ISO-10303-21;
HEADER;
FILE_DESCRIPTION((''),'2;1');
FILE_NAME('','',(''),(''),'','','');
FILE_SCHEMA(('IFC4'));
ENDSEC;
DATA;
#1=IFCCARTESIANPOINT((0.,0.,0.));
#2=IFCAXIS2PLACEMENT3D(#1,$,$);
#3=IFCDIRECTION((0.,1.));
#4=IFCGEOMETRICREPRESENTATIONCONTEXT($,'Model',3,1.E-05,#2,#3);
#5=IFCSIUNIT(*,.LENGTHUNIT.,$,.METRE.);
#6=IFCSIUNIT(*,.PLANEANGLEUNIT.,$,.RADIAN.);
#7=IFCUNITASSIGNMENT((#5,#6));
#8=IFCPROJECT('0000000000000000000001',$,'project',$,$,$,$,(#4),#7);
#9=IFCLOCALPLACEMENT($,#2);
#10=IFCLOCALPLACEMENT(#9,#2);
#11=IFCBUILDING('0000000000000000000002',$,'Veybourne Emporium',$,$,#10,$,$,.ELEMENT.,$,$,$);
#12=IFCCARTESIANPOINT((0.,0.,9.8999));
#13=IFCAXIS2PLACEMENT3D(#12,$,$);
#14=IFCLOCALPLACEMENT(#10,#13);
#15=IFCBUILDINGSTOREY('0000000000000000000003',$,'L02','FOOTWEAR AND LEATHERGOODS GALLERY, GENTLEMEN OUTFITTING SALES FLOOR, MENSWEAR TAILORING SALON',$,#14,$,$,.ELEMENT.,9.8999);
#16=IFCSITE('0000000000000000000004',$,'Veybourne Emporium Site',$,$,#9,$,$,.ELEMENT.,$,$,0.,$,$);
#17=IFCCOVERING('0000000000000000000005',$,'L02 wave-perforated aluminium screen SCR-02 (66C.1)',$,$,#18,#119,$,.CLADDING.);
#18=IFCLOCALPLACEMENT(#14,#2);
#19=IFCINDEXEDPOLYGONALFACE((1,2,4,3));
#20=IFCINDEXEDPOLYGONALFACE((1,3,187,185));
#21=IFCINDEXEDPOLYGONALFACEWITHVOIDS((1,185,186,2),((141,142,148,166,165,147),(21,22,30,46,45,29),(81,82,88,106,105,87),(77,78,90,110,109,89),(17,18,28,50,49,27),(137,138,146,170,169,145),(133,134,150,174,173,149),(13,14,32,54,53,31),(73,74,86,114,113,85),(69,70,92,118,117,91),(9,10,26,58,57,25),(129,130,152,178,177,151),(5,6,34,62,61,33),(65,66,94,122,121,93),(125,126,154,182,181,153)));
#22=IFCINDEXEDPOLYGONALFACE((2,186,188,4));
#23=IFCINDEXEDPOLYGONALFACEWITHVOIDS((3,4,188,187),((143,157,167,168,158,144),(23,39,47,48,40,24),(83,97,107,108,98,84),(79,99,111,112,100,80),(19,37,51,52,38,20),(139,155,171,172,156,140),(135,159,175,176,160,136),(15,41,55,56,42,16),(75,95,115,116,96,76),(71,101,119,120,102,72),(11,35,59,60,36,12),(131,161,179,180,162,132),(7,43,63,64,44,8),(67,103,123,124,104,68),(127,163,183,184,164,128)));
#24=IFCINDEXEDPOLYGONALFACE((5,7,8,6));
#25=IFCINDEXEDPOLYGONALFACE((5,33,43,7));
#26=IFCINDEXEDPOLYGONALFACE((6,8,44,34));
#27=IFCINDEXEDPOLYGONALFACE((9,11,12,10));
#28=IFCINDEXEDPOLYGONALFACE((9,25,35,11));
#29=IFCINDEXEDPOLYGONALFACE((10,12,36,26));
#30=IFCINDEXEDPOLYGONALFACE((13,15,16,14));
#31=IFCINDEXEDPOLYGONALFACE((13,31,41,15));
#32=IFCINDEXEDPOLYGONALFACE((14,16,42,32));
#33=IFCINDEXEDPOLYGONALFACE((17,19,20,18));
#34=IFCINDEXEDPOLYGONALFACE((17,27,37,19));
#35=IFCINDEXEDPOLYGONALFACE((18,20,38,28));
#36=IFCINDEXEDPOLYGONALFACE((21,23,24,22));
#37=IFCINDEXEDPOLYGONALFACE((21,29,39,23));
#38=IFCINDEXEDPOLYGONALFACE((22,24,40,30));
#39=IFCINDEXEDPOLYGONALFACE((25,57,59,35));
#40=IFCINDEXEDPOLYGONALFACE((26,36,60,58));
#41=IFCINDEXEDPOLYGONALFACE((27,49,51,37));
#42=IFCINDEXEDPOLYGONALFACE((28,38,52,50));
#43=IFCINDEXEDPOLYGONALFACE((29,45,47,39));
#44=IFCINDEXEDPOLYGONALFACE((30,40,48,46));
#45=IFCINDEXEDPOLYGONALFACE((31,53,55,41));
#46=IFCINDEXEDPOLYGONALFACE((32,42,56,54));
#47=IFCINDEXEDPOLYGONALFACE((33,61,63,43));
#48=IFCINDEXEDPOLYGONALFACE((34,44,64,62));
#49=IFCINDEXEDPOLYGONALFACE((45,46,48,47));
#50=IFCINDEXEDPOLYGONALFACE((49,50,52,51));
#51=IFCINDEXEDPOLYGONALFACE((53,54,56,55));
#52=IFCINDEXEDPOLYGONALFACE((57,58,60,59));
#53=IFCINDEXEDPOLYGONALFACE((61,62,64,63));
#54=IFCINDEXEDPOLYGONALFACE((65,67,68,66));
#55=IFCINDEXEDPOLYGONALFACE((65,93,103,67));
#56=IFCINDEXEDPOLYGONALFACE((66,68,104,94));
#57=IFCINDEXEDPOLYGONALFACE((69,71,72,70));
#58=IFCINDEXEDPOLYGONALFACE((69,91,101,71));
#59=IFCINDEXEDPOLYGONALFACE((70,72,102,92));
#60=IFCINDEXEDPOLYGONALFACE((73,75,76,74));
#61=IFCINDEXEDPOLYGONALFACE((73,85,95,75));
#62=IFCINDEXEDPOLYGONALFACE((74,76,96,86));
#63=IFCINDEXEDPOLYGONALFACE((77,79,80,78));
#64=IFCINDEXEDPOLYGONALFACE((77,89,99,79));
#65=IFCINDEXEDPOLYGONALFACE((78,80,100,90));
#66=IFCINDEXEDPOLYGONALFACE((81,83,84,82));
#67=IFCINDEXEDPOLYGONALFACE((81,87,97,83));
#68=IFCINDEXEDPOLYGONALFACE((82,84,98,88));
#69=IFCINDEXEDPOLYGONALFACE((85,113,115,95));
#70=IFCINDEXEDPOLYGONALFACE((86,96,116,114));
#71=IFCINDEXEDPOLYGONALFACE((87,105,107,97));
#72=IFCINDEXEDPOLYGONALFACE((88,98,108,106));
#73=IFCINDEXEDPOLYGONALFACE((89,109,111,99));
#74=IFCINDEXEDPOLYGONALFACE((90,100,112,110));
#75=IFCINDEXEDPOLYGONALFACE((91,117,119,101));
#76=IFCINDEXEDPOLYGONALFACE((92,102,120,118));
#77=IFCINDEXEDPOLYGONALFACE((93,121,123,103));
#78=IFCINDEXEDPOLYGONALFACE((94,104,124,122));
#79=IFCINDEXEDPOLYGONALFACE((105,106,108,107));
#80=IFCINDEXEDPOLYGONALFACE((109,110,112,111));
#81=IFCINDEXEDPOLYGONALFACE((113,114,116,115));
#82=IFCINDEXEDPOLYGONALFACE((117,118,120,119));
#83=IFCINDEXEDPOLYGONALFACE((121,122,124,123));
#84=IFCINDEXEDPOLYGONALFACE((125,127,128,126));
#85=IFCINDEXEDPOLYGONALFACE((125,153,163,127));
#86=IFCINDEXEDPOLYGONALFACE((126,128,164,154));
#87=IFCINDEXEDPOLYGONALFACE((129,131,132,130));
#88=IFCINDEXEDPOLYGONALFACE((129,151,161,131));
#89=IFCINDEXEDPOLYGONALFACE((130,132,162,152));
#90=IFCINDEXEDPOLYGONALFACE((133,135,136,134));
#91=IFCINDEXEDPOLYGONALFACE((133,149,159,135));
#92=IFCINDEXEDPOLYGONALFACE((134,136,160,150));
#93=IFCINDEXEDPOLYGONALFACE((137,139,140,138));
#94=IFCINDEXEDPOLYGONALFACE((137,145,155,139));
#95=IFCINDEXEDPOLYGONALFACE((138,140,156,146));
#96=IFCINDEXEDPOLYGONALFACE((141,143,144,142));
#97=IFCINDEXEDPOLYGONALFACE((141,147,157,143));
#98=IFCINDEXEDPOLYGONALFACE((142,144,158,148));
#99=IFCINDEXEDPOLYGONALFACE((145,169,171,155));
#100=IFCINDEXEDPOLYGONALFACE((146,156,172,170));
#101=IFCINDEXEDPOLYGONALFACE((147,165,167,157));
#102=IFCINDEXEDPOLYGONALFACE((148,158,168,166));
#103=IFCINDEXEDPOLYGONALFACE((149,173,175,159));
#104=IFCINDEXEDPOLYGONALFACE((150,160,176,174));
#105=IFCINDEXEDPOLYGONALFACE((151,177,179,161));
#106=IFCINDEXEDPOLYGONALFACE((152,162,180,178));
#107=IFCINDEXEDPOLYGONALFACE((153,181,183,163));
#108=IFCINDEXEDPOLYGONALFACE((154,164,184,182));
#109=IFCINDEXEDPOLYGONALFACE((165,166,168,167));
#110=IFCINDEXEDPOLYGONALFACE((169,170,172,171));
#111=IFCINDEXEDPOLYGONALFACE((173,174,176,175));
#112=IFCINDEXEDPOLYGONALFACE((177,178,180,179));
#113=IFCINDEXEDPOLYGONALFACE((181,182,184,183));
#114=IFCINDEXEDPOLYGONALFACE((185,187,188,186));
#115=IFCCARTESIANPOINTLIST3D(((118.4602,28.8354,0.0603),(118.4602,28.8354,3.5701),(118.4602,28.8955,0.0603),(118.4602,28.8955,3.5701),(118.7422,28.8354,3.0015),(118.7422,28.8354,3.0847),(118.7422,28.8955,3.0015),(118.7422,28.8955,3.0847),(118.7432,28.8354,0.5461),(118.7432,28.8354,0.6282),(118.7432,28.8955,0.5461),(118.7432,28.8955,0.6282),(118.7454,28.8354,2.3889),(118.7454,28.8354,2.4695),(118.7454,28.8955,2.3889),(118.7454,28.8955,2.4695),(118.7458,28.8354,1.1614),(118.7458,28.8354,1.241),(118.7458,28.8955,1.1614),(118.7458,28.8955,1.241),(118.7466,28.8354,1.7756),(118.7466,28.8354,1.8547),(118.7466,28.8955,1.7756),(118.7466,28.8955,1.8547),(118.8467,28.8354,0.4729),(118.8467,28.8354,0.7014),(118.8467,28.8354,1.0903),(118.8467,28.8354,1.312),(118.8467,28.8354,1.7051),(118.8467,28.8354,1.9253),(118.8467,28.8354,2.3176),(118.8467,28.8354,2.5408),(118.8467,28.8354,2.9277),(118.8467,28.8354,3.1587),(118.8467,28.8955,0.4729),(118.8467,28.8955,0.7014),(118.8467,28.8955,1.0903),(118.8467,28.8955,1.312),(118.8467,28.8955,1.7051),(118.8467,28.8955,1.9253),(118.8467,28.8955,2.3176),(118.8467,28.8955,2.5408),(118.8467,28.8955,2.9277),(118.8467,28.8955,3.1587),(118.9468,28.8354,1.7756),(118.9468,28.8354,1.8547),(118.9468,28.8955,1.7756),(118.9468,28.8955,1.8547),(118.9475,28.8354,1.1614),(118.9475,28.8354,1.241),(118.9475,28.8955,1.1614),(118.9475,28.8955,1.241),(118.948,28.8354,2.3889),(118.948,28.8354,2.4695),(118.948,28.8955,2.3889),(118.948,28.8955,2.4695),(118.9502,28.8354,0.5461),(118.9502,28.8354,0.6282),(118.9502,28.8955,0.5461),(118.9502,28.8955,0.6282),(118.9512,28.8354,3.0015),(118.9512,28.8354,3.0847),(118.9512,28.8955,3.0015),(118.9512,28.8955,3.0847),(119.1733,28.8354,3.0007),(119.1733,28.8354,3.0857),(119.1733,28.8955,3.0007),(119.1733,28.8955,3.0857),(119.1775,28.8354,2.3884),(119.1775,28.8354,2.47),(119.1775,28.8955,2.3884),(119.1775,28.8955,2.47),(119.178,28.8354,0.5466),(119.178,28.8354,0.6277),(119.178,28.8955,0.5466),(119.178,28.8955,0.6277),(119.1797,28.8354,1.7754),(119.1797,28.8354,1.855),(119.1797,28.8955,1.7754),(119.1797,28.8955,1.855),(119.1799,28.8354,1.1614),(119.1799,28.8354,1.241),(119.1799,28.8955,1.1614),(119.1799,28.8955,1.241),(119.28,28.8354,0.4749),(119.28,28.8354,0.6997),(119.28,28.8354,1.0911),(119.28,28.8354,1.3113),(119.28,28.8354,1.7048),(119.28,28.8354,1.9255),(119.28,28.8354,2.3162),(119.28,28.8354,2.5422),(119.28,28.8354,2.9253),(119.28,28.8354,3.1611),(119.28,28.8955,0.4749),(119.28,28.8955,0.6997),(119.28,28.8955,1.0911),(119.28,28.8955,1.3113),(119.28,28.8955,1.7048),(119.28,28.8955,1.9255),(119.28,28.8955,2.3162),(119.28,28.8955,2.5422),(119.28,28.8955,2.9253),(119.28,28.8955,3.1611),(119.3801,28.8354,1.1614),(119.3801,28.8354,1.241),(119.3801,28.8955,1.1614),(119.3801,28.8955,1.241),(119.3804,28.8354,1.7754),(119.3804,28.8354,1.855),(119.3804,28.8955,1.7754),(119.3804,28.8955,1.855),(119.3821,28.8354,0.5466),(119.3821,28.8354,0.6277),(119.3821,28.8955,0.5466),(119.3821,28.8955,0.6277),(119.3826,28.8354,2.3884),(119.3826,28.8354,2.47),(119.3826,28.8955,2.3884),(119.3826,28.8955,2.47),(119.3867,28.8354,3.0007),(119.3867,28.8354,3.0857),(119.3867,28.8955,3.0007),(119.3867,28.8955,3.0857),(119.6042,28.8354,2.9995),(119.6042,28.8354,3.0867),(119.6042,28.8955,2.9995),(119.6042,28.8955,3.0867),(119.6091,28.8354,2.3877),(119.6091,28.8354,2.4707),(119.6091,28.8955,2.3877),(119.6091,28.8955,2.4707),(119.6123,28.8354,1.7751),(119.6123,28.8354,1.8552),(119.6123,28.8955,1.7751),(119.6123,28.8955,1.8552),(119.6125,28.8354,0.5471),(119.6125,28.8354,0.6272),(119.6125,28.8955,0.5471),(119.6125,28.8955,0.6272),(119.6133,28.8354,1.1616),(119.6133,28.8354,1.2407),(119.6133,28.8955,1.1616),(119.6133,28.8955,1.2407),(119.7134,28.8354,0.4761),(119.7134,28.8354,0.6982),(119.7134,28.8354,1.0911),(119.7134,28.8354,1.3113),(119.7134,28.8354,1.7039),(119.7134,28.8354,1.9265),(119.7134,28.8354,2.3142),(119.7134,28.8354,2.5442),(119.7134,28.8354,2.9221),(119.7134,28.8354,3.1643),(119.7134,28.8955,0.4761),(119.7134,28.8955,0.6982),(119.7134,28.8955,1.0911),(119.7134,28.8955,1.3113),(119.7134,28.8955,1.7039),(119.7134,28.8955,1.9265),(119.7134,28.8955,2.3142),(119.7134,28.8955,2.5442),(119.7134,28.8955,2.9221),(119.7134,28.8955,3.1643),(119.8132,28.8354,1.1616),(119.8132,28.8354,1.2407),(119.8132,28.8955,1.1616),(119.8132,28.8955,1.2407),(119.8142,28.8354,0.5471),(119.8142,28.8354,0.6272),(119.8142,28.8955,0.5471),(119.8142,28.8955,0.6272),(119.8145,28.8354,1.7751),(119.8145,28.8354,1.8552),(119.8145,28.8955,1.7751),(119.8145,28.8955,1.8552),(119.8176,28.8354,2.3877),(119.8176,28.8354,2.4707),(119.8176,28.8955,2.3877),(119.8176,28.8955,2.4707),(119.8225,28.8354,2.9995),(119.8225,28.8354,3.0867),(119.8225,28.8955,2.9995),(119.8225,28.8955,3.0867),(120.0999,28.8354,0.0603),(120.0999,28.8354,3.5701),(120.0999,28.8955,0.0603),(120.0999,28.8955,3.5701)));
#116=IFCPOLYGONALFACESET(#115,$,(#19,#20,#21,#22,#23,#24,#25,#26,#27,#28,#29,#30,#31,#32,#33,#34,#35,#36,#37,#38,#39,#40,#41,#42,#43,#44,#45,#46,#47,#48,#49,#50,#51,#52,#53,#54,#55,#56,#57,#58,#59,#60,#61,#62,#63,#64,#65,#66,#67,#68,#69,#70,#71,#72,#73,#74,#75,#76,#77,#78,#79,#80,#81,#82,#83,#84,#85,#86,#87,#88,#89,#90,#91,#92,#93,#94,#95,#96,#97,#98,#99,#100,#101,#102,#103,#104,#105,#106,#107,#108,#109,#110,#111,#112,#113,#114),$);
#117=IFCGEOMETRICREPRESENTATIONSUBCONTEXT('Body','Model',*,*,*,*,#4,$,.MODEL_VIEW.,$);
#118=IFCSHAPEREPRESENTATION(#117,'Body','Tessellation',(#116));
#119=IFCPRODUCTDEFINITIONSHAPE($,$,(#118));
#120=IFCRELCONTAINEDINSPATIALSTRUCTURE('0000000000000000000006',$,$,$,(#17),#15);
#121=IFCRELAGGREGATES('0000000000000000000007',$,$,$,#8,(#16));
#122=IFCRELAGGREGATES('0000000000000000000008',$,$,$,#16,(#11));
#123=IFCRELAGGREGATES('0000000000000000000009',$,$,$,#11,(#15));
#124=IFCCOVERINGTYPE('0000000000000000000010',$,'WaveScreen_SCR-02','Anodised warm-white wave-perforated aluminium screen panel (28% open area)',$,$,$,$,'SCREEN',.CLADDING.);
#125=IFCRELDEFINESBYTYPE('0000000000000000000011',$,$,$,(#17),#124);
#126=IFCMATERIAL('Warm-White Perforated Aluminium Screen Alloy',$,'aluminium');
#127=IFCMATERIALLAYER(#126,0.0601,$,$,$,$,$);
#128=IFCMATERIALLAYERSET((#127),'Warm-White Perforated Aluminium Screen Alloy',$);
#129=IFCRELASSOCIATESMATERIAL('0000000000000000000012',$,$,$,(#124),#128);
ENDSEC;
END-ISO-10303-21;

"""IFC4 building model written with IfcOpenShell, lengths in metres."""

from ifc_helpers import new_model, si_unit, direction, frame, origin, place, context, subcontext, project, spatial, polyline, outline, extrude, material, layer, layer_set, type_object, element, save


model = new_model("IFC4")

# Units and contexts
model_context = context("Model", 3, precision=1e-05, world=origin(), true_north=direction((0.0, 1.0)))
body_context = subcontext(model_context, "Body", "Model", "MODEL_VIEW")
ifc_project = project(units=[si_unit("LENGTHUNIT", "METRE"), si_unit("PLANEANGLEUNIT", "RADIAN")], contexts=[model_context])

# Site, building, storey
site_placement = place(None, origin())
site = spatial("IfcSite", under=ifc_project, at=site_placement, Name="Veybourne Emporium Site", CompositionType="ELEMENT", RefElevation=0.0)
building_placement = place(site_placement, origin())
building = spatial("IfcBuilding", under=site, at=building_placement, Name="Veybourne Emporium", CompositionType="ELEMENT")
storey_placement = place(building_placement, frame((0.0, 0.0, 9.8999)))
storey = spatial("IfcBuildingStorey", under=building, at=storey_placement, Name="L02", Description="FOOTWEAR AND LEATHERGOODS GALLERY, GENTLEMEN OUTFITTING SALES FLOOR, MENSWEAR TAILORING SALON", CompositionType="ELEMENT", Elevation=9.8999)

# Covering
ifc_material_1 = material(Name="Warm-White Perforated Aluminium Screen Alloy", Category="aluminium")
ifc_layer_1 = layer(ifc_material_1, 0.0601)
ifc_layer_set_1 = layer_set([ifc_layer_1], Name="Warm-White Perforated Aluminium Screen Alloy")
covering_type_1 = type_object("IfcCoveringType", Name="WaveScreen_SCR-02", Description="Anodised warm-white wave-perforated aluminium screen panel (28% open area)", ElementType="SCREEN", PredefinedType="CLADDING", material=ifc_layer_set_1)
covering_1_placement = place(storey_placement, frame((119.28, 28.8955, 1.8152), z_axis=(0.0, -1.0, 0.0), x_axis=(1.0, 0.0, 0.0)))
element("IfcCovering", 1, at=covering_1_placement, inside=storey, type_object=covering_type_1, Name="L02 wave-perforated aluminium screen SCR-02 (66C.1)", PredefinedType="CLADDING", context=body_context, shape_type="SweptSolid", body=[
    extrude(outline(polyline([(-0.8198, -1.7549), (0.8198, -1.7549), (0.8198, 1.7549), (-0.8198, 1.7549), (-0.8198, -1.7549)]), holes=[polyline([(-0.4333, -1.1138), (-0.3298, -1.187), (-0.3298, -1.269), (-0.4333, -1.3423), (-0.5369, -1.269), (-0.5369, -1.187), (-0.4333, -1.1138)]), polyline([(-0.4333, -0.5032), (-0.3325, -0.5742), (-0.3325, -0.6538), (-0.4333, -0.7249), (-0.5342, -0.6538), (-0.5342, -0.5742), (-0.4333, -0.5032)]), polyline([(-0.4333, 0.1101), (-0.3333, 0.0396), (-0.3333, -0.0396), (-0.4333, -0.1101), (-0.5334, -0.0396), (-0.5334, 0.0396), (-0.4333, 0.1101)]), polyline([(-0.4333, 0.7256), (-0.332, 0.6543), (-0.332, 0.5737), (-0.4333, 0.5024), (-0.5347, 0.5737), (-0.5347, 0.6543), (-0.4333, 0.7256)]), polyline([(-0.4333, 1.3435), (-0.3289, 1.2695), (-0.3289, 1.1863), (-0.4333, 1.1125), (-0.5378, 1.1863), (-0.5378, 1.2695), (-0.4333, 1.3435)]), polyline([(0.0, -1.1155), (0.1021, -1.1875), (0.1021, -1.2686), (0.0, -1.3403), (-0.1021, -1.2686), (-0.1021, -1.1875), (0.0, -1.1155)]), polyline([(0.0, -0.5039), (0.1001, -0.5742), (0.1001, -0.6538), (0.0, -0.7241), (-0.1001, -0.6538), (-0.1001, -0.5742), (0.0, -0.5039)]), polyline([(0.0, 0.1104), (0.1003, 0.0398), (0.1003, -0.0398), (0.0, -0.1104), (-0.1003, -0.0398), (-0.1003, 0.0398), (0.0, 0.1104)]), polyline([(0.0, 0.7271), (0.1025, 0.6548), (0.1025, 0.5732), (0.0, 0.501), (-0.1025, 0.5732), (-0.1025, 0.6548), (0.0, 0.7271)]), polyline([(0.0, 1.3459), (0.1067, 1.2705), (0.1067, 1.1855), (0.0, 1.1101), (-0.1067, 1.1855), (-0.1067, 1.2705), (0.0, 1.3459)]), polyline([(0.4333, -1.1169), (0.5342, -1.188), (0.5342, -1.2681), (0.4333, -1.3391), (0.3325, -1.2681), (0.3325, -1.188), (0.4333, -1.1169)]), polyline([(0.4333, -0.5039), (0.5332, -0.5745), (0.5332, -0.6536), (0.4333, -0.7241), (0.3333, -0.6536), (0.3333, -0.5745), (0.4333, -0.5039)]), polyline([(0.4333, 0.1113), (0.5344, 0.04), (0.5344, -0.04), (0.4333, -0.1113), (0.3323, -0.04), (0.3323, 0.04), (0.4333, 0.1113)]), polyline([(0.4333, 0.729), (0.5376, 0.6555), (0.5376, 0.5725), (0.4333, 0.499), (0.3291, 0.5725), (0.3291, 0.6555), (0.4333, 0.729)]), polyline([(0.4333, 1.3491), (0.5425, 1.2715), (0.5425, 1.1843), (0.4333, 1.1069), (0.3242, 1.1843), (0.3242, 1.2715), (0.4333, 1.3491)])]), origin(), (0.0, 0.0, 1.0), 0.0601),
])

save(model, "model.ifc")
